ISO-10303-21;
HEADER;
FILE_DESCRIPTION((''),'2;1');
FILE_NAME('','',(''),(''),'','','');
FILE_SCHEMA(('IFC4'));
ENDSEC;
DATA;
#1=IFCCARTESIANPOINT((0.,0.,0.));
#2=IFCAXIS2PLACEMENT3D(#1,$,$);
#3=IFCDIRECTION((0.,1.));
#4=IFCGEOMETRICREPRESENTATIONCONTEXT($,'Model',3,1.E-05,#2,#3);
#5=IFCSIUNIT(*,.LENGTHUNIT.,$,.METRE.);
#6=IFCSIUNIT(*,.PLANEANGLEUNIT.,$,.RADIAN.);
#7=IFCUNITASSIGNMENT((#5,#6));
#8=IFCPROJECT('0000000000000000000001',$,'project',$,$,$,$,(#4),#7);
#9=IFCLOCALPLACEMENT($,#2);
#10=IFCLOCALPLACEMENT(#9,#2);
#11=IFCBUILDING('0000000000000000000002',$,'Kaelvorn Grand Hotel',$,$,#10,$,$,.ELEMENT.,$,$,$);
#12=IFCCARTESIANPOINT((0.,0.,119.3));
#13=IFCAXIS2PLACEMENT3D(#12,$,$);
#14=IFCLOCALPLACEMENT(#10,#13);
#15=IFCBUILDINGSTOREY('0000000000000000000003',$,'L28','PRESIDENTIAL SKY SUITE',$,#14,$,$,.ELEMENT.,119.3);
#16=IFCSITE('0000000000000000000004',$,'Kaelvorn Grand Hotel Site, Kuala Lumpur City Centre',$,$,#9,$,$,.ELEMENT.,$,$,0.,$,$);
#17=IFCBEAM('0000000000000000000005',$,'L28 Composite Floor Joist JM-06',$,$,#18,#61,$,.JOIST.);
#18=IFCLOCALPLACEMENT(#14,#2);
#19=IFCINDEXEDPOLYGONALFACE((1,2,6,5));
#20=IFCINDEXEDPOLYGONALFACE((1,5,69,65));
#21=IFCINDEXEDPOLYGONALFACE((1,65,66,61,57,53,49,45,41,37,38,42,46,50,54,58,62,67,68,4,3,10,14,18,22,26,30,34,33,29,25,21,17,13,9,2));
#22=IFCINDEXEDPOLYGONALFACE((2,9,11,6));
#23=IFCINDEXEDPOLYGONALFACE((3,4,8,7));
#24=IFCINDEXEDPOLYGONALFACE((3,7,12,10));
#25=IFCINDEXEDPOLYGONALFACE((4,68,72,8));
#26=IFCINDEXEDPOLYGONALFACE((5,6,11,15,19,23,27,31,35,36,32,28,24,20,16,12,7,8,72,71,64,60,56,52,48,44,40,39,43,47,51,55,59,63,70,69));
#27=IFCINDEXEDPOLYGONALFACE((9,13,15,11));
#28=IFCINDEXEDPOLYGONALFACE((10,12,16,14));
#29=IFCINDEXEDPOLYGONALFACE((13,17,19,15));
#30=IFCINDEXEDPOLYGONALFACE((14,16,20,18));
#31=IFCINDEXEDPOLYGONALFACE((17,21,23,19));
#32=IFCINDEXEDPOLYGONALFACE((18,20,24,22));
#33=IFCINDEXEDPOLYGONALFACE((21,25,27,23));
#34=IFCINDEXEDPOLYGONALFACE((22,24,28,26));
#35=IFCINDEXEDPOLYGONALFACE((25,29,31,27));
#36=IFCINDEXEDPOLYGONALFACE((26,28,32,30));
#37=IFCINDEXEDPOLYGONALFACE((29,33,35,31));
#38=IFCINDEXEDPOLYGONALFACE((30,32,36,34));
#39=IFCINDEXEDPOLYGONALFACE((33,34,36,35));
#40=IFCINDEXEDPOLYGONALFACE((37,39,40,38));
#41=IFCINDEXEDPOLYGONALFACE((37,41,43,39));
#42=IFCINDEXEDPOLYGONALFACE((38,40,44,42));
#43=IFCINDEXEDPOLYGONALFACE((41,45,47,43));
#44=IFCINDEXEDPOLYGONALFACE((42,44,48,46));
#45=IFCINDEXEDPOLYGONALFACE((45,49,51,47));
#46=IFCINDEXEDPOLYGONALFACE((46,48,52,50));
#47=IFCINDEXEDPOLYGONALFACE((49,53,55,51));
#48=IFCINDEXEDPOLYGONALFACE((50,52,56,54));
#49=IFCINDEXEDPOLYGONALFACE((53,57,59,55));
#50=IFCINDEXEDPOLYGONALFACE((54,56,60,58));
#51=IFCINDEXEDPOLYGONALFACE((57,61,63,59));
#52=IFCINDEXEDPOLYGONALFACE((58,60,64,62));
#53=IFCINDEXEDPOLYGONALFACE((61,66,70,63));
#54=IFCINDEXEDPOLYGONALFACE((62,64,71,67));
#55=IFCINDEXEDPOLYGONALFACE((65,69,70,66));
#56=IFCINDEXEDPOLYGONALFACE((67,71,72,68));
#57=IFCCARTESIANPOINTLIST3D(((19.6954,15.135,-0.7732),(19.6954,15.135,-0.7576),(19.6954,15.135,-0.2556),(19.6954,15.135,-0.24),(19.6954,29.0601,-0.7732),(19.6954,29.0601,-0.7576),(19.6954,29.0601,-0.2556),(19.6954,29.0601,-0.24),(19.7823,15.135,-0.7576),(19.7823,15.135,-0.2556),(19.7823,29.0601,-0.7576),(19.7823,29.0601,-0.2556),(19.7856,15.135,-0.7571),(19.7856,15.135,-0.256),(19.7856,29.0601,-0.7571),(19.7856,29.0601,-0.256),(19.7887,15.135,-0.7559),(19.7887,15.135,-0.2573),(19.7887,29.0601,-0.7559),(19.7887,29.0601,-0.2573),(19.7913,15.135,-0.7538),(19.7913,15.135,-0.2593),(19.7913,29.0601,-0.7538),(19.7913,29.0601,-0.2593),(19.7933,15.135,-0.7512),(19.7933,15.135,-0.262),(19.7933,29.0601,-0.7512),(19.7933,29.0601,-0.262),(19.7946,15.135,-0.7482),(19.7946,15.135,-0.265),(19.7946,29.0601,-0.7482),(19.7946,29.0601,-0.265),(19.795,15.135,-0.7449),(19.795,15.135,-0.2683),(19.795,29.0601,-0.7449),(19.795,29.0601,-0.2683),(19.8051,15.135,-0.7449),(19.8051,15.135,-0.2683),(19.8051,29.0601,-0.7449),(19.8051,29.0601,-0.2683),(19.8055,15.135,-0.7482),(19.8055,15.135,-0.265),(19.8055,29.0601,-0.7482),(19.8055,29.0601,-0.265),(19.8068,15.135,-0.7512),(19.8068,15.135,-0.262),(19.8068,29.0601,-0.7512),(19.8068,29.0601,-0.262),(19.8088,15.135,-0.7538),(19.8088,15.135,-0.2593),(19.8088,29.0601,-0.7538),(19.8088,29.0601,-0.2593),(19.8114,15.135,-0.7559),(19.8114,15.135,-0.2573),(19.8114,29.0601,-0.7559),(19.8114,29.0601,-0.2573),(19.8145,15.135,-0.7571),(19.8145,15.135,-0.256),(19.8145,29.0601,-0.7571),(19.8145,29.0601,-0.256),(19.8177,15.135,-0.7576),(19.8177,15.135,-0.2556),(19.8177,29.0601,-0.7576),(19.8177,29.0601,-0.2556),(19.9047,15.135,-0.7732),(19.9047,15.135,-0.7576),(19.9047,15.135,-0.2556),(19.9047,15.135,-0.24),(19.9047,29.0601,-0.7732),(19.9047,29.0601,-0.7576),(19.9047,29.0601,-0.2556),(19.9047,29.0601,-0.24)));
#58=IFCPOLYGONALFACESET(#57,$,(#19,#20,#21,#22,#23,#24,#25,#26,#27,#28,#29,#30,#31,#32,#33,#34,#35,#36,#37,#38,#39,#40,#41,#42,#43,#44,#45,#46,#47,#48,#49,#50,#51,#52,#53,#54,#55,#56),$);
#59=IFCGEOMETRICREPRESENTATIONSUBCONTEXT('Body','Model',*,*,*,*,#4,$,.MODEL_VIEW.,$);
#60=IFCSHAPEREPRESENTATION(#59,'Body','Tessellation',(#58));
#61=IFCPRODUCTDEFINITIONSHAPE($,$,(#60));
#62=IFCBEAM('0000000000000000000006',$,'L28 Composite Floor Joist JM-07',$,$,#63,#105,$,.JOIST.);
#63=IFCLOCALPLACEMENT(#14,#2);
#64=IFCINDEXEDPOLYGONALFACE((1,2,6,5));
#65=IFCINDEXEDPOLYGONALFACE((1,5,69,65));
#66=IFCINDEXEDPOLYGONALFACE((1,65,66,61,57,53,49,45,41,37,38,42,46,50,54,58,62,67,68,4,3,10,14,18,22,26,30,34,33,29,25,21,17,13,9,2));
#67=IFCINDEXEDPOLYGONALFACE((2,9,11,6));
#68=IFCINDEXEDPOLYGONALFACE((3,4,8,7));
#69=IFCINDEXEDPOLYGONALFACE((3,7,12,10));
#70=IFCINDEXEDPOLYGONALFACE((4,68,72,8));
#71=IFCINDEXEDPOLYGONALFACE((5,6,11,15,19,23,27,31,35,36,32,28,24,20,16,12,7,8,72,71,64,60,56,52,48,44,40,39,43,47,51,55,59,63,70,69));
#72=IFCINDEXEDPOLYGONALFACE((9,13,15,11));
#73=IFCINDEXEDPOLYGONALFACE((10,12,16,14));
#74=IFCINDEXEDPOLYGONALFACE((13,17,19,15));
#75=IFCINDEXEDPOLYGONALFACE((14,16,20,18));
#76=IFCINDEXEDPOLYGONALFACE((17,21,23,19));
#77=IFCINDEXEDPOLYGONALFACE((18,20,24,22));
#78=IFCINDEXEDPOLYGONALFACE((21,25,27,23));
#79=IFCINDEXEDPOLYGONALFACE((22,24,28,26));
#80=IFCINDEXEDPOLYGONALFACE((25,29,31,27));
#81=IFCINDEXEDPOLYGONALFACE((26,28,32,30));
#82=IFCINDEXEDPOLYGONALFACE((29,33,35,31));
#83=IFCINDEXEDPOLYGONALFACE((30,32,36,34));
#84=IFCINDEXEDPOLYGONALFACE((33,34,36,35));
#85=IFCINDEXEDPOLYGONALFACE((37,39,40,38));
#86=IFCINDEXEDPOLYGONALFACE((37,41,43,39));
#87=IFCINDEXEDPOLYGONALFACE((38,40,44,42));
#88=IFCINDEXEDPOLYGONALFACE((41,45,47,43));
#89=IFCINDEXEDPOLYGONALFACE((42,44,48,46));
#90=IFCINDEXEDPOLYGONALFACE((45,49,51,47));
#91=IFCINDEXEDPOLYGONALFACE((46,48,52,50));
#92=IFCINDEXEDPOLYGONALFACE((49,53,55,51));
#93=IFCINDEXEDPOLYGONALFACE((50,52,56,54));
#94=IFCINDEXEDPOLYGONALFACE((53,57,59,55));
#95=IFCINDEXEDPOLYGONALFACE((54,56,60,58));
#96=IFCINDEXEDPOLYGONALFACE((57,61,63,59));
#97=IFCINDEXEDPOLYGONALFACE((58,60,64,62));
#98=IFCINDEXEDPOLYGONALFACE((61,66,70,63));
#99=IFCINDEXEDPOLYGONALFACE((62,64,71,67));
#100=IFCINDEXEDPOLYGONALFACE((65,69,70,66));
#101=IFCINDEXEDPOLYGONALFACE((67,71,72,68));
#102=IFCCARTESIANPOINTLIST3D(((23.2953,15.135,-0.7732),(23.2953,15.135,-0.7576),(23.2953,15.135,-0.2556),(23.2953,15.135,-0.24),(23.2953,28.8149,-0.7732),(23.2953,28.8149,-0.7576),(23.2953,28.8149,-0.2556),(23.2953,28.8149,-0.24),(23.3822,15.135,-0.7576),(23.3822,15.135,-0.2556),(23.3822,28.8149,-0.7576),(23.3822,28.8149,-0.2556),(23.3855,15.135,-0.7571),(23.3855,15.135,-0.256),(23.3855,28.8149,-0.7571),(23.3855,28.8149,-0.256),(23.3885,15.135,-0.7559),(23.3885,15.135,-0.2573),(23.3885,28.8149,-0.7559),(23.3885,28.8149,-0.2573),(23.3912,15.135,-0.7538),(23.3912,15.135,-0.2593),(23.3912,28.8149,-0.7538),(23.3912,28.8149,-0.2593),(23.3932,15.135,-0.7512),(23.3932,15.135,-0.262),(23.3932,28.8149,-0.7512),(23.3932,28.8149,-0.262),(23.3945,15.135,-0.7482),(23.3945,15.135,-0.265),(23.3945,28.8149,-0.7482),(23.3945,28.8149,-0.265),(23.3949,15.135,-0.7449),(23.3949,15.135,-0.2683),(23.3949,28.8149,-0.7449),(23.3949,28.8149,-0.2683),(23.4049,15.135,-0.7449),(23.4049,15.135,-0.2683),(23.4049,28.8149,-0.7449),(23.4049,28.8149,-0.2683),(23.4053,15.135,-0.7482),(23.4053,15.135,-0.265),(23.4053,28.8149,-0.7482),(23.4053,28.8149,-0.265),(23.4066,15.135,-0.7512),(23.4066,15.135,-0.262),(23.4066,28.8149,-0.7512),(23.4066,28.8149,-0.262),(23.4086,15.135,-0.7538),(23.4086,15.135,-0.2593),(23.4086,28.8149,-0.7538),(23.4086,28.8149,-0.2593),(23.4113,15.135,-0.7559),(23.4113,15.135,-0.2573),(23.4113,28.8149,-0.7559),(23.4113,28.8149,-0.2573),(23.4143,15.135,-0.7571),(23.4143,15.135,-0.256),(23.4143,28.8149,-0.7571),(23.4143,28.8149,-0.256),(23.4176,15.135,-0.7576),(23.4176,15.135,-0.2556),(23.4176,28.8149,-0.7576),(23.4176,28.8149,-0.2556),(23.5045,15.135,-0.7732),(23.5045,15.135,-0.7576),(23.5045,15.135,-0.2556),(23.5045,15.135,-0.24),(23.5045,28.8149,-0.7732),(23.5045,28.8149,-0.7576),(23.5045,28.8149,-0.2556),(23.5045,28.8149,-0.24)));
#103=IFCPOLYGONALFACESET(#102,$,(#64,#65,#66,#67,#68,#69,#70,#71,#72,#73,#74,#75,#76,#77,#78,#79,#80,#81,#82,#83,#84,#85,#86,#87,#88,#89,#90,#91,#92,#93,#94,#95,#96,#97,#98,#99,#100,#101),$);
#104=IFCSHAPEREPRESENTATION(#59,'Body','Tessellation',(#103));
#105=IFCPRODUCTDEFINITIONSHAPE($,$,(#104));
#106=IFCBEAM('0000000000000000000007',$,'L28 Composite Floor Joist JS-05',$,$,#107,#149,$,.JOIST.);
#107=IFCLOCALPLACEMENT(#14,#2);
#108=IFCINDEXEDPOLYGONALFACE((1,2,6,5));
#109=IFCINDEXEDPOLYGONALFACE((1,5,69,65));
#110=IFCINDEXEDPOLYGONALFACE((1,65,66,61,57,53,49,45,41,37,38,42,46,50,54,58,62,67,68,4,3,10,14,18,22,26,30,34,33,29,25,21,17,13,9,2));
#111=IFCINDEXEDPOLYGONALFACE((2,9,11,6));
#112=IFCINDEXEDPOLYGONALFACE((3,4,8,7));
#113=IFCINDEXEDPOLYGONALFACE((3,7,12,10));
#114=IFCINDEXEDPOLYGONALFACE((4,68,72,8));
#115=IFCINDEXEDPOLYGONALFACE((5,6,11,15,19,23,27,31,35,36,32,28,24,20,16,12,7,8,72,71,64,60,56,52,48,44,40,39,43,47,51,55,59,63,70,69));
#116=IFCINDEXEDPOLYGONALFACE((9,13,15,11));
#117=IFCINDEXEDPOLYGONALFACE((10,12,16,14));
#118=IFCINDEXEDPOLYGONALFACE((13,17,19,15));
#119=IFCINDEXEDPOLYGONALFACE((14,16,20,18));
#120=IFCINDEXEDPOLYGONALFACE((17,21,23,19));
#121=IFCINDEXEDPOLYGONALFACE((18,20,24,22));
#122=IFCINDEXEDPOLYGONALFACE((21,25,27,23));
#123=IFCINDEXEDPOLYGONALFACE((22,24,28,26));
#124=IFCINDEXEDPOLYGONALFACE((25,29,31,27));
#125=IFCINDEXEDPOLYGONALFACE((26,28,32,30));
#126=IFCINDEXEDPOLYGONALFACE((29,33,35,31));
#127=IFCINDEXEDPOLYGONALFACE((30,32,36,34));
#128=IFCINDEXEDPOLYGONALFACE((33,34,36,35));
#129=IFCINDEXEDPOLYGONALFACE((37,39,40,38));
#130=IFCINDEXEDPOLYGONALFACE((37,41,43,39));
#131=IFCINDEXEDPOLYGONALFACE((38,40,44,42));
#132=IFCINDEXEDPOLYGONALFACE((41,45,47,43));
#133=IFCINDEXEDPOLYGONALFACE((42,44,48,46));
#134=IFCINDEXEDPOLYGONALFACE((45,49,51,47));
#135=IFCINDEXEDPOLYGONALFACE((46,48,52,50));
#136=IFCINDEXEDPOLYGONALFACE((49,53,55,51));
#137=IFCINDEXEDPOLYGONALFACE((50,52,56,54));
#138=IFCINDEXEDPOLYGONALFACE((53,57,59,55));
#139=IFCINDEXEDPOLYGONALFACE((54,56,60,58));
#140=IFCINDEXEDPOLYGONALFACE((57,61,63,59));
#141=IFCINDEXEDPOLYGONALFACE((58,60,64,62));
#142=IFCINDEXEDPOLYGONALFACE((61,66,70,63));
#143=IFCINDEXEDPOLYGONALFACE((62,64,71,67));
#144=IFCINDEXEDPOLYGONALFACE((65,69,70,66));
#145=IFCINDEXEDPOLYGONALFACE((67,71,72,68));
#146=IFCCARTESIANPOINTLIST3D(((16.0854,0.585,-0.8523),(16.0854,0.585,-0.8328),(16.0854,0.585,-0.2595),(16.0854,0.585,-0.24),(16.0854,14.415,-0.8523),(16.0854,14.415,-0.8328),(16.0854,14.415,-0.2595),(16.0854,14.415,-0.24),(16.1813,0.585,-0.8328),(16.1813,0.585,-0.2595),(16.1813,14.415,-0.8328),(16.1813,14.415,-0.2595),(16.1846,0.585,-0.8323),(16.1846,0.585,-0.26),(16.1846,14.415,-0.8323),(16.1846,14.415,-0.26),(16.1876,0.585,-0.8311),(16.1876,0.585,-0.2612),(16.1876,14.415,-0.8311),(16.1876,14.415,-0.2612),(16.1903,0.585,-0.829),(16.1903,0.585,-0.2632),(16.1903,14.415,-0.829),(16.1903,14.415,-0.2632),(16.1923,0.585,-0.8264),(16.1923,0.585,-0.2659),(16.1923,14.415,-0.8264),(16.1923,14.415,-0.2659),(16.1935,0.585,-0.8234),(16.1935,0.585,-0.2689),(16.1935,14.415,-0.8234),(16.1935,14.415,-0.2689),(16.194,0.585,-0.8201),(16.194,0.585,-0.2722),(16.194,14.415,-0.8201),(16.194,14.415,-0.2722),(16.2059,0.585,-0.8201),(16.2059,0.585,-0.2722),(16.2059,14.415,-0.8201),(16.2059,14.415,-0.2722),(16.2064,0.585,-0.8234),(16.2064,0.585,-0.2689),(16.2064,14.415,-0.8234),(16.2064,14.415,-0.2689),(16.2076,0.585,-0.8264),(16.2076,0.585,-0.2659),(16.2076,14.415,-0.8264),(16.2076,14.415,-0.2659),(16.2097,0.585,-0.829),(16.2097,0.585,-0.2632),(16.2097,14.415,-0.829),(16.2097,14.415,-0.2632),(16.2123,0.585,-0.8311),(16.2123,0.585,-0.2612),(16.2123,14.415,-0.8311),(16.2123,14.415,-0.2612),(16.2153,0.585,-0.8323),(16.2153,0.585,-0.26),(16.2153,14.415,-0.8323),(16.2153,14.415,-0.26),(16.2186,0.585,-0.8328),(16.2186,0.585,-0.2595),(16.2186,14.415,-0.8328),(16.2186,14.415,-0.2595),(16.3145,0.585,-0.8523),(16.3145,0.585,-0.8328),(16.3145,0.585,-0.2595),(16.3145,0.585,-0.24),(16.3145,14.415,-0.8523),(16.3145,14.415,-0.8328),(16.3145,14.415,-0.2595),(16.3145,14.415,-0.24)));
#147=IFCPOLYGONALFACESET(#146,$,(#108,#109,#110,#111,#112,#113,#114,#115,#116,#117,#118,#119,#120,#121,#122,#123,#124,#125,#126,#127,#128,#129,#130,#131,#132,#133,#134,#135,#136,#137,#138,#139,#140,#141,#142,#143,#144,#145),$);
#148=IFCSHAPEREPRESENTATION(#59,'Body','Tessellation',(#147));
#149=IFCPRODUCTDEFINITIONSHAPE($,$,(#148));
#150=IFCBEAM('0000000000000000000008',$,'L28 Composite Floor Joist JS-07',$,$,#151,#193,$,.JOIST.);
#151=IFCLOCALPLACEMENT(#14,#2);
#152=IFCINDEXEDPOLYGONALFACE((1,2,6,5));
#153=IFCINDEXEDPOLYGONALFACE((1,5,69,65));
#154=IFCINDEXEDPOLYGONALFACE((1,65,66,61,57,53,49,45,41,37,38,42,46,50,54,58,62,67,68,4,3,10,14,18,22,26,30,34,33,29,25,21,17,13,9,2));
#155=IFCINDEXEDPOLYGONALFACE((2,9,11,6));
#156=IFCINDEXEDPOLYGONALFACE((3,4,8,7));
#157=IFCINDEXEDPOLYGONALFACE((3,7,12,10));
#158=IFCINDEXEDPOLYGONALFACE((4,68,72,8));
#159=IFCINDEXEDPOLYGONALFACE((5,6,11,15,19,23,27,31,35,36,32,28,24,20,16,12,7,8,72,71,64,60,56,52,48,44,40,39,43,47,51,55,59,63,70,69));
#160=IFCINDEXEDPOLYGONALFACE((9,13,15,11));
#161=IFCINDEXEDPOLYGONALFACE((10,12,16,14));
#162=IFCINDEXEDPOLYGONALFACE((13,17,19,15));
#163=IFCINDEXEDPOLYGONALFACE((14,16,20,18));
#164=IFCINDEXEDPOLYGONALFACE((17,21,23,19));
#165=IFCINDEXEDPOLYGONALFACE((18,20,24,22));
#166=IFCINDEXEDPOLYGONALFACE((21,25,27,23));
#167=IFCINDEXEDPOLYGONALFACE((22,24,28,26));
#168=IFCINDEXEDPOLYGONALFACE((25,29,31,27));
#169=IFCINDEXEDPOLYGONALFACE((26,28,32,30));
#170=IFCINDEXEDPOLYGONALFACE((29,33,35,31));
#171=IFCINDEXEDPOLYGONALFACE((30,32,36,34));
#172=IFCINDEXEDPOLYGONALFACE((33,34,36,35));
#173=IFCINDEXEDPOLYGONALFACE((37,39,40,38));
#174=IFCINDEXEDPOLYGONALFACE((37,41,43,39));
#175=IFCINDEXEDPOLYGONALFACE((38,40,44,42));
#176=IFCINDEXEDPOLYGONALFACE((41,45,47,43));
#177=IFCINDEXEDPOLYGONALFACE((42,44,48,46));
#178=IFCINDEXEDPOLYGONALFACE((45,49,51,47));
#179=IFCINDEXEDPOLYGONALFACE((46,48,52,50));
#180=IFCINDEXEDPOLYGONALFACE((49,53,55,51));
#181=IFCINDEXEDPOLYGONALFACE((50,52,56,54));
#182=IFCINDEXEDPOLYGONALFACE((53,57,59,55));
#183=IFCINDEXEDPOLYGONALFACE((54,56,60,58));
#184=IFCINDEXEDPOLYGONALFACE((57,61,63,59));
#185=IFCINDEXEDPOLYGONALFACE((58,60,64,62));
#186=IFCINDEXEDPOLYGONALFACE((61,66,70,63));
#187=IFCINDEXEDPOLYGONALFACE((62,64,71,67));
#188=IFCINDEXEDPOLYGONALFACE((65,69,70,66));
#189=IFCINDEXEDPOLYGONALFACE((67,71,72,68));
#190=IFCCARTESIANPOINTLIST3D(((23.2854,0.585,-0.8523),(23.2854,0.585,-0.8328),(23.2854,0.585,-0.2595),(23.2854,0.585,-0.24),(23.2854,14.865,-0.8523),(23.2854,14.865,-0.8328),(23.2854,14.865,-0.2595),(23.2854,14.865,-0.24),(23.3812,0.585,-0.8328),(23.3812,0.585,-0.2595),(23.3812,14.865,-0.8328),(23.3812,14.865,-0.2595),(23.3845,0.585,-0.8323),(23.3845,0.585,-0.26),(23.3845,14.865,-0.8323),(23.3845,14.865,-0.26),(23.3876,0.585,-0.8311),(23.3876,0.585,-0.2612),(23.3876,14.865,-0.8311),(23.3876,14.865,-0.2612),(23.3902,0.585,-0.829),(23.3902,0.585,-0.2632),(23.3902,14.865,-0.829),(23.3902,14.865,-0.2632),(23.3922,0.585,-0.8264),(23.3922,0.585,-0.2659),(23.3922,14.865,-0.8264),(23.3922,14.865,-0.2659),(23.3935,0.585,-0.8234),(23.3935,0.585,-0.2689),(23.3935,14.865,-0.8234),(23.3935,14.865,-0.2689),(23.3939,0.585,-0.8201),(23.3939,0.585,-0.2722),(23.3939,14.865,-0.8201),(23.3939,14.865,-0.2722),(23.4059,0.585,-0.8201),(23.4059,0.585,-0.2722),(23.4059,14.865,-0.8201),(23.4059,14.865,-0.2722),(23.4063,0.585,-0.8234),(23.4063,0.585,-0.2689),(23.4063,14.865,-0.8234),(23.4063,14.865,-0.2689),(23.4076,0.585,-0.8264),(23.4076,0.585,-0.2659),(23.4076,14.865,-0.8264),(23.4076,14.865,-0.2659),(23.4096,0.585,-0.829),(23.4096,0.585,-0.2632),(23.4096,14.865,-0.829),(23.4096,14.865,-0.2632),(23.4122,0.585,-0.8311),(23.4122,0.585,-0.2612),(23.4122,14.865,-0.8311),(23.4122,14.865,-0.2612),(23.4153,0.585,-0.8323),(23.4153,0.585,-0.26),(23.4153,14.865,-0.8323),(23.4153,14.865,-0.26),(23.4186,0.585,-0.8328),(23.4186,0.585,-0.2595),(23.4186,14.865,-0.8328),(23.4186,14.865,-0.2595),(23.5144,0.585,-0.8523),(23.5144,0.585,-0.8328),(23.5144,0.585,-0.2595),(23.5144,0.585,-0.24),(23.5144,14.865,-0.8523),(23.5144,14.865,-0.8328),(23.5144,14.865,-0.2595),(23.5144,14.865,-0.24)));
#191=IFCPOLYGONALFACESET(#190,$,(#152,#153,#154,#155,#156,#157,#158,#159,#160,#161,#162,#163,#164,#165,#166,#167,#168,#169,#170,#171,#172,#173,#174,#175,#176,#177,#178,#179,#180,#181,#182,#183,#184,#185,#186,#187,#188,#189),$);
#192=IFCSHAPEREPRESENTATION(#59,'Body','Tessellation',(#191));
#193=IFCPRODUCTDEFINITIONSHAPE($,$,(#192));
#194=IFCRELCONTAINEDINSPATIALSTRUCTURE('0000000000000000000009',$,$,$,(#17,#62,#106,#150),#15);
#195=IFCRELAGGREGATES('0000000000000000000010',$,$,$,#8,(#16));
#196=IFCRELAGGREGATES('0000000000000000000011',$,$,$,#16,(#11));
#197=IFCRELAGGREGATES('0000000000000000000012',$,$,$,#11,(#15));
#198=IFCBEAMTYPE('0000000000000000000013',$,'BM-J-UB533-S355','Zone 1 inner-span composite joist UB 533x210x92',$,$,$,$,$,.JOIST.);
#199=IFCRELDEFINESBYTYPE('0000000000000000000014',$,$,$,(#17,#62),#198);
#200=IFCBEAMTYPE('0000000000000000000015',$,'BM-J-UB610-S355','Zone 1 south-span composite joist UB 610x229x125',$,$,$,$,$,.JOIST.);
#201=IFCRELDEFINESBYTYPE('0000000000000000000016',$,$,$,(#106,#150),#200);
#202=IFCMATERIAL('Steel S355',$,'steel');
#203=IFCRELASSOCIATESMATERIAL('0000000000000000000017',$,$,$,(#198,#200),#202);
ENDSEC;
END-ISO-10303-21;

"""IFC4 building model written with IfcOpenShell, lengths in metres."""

from ifc_helpers import new_model, si_unit, direction, frame, origin, origin_2d, place, context, subcontext, project, spatial, i_section, extrude, material, material_profile, profile_set, type_object, element, save


model = new_model("IFC4")

# Units and contexts
model_context = context("Model", 3, precision=1e-05, world=origin(), true_north=direction((0.0, 1.0)))
body_context = subcontext(model_context, "Body", "Model", "MODEL_VIEW")
ifc_project = project(units=[si_unit("LENGTHUNIT", "METRE"), si_unit("PLANEANGLEUNIT", "RADIAN")], contexts=[model_context])

# Site, building, storey
site_placement = place(None, origin())
site = spatial("IfcSite", under=ifc_project, at=site_placement, Name="Kaelvorn Grand Hotel Site, Kuala Lumpur City Centre", CompositionType="ELEMENT", RefElevation=0.0)
building_placement = place(site_placement, origin())
building = spatial("IfcBuilding", under=site, at=building_placement, Name="Kaelvorn Grand Hotel", CompositionType="ELEMENT")
storey_placement = place(building_placement, frame((0.0, 0.0, 119.3)))
storey = spatial("IfcBuildingStorey", under=building, at=storey_placement, Name="L28", Description="PRESIDENTIAL SKY SUITE", CompositionType="ELEMENT", Elevation=119.3)

# Beams
ifc_material_1 = material(Name="Steel S355", Category="steel")
ifc_material_profile_1 = material_profile(ifc_material_1, i_section(OverallWidth=0.2092, OverallDepth=0.5332, WebThickness=0.01, FlangeThickness=0.0156, FilletRadius=0.0127, at=origin_2d()), Name="UB 533x210x92")
ifc_profile_set_1 = profile_set([ifc_material_profile_1], Name="Steel S355")
beam_type_1 = type_object("IfcBeamType", Name="BM-J-UB533-S355", Description="Zone 1 inner-span composite joist UB 533x210x92", PredefinedType="JOIST", material=ifc_profile_set_1)
beam_1_placement = place(storey_placement, frame((19.8, 15.135, -0.5066), z_axis=(0.0, 1.0, 0.0), x_axis=(-1.0, 0.0, 0.0)))
element("IfcBeam", 1, at=beam_1_placement, inside=storey, type_object=beam_type_1, Name="L28 Composite Floor Joist JM-06", PredefinedType="JOIST", context=body_context, shape_type="SweptSolid", body=[
    extrude(i_section(OverallWidth=0.2092, OverallDepth=0.5332, WebThickness=0.01, FlangeThickness=0.0156, FilletRadius=0.0127, at=origin_2d()), origin(), (0.0, 0.0, 1.0), 13.925),
])
beam_2_placement = place(storey_placement, frame((23.3999, 15.135, -0.5066), z_axis=(0.0, 1.0, 0.0), x_axis=(-1.0, 0.0, 0.0)))
element("IfcBeam", 2, at=beam_2_placement, inside=storey, type_object=beam_type_1, Name="L28 Composite Floor Joist JM-07", PredefinedType="JOIST", context=body_context, shape_type="SweptSolid", body=[
    extrude(i_section(OverallWidth=0.2092, OverallDepth=0.5332, WebThickness=0.01, FlangeThickness=0.0156, FilletRadius=0.0127, at=origin_2d()), origin(), (0.0, 0.0, 1.0), 13.6799),
])
ifc_material_profile_2 = material_profile(ifc_material_1, i_section(OverallWidth=0.229, OverallDepth=0.6123, WebThickness=0.012, FlangeThickness=0.0195, FilletRadius=0.0127, at=origin_2d()), Name="UB 610x229x125")
ifc_profile_set_2 = profile_set([ifc_material_profile_2], Name="Steel S355")
beam_type_2 = type_object("IfcBeamType", Name="BM-J-UB610-S355", Description="Zone 1 south-span composite joist UB 610x229x125", PredefinedType="JOIST", material=ifc_profile_set_2)
beam_3_placement = place(storey_placement, frame((16.2, 0.585, -0.5461), z_axis=(0.0, 1.0, 0.0), x_axis=(-1.0, 0.0, 0.0)))
element("IfcBeam", 3, at=beam_3_placement, inside=storey, type_object=beam_type_2, Name="L28 Composite Floor Joist JS-05", PredefinedType="JOIST", context=body_context, shape_type="SweptSolid", body=[
    extrude(i_section(OverallWidth=0.229, OverallDepth=0.6123, WebThickness=0.012, FlangeThickness=0.0195, FilletRadius=0.0127, at=origin_2d()), origin(), (0.0, 0.0, 1.0), 13.8301),
])
beam_4_placement = place(storey_placement, frame((23.3999, 0.585, -0.5461), z_axis=(0.0, 1.0, 0.0), x_axis=(-1.0, 0.0, 0.0)))
element("IfcBeam", 4, at=beam_4_placement, inside=storey, type_object=beam_type_2, Name="L28 Composite Floor Joist JS-07", PredefinedType="JOIST", context=body_context, shape_type="SweptSolid", body=[
    extrude(i_section(OverallWidth=0.229, OverallDepth=0.6123, WebThickness=0.012, FlangeThickness=0.0195, FilletRadius=0.0127, at=origin_2d()), origin(), (0.0, 0.0, 1.0), 14.28),
])

save(model, "model.ifc")
